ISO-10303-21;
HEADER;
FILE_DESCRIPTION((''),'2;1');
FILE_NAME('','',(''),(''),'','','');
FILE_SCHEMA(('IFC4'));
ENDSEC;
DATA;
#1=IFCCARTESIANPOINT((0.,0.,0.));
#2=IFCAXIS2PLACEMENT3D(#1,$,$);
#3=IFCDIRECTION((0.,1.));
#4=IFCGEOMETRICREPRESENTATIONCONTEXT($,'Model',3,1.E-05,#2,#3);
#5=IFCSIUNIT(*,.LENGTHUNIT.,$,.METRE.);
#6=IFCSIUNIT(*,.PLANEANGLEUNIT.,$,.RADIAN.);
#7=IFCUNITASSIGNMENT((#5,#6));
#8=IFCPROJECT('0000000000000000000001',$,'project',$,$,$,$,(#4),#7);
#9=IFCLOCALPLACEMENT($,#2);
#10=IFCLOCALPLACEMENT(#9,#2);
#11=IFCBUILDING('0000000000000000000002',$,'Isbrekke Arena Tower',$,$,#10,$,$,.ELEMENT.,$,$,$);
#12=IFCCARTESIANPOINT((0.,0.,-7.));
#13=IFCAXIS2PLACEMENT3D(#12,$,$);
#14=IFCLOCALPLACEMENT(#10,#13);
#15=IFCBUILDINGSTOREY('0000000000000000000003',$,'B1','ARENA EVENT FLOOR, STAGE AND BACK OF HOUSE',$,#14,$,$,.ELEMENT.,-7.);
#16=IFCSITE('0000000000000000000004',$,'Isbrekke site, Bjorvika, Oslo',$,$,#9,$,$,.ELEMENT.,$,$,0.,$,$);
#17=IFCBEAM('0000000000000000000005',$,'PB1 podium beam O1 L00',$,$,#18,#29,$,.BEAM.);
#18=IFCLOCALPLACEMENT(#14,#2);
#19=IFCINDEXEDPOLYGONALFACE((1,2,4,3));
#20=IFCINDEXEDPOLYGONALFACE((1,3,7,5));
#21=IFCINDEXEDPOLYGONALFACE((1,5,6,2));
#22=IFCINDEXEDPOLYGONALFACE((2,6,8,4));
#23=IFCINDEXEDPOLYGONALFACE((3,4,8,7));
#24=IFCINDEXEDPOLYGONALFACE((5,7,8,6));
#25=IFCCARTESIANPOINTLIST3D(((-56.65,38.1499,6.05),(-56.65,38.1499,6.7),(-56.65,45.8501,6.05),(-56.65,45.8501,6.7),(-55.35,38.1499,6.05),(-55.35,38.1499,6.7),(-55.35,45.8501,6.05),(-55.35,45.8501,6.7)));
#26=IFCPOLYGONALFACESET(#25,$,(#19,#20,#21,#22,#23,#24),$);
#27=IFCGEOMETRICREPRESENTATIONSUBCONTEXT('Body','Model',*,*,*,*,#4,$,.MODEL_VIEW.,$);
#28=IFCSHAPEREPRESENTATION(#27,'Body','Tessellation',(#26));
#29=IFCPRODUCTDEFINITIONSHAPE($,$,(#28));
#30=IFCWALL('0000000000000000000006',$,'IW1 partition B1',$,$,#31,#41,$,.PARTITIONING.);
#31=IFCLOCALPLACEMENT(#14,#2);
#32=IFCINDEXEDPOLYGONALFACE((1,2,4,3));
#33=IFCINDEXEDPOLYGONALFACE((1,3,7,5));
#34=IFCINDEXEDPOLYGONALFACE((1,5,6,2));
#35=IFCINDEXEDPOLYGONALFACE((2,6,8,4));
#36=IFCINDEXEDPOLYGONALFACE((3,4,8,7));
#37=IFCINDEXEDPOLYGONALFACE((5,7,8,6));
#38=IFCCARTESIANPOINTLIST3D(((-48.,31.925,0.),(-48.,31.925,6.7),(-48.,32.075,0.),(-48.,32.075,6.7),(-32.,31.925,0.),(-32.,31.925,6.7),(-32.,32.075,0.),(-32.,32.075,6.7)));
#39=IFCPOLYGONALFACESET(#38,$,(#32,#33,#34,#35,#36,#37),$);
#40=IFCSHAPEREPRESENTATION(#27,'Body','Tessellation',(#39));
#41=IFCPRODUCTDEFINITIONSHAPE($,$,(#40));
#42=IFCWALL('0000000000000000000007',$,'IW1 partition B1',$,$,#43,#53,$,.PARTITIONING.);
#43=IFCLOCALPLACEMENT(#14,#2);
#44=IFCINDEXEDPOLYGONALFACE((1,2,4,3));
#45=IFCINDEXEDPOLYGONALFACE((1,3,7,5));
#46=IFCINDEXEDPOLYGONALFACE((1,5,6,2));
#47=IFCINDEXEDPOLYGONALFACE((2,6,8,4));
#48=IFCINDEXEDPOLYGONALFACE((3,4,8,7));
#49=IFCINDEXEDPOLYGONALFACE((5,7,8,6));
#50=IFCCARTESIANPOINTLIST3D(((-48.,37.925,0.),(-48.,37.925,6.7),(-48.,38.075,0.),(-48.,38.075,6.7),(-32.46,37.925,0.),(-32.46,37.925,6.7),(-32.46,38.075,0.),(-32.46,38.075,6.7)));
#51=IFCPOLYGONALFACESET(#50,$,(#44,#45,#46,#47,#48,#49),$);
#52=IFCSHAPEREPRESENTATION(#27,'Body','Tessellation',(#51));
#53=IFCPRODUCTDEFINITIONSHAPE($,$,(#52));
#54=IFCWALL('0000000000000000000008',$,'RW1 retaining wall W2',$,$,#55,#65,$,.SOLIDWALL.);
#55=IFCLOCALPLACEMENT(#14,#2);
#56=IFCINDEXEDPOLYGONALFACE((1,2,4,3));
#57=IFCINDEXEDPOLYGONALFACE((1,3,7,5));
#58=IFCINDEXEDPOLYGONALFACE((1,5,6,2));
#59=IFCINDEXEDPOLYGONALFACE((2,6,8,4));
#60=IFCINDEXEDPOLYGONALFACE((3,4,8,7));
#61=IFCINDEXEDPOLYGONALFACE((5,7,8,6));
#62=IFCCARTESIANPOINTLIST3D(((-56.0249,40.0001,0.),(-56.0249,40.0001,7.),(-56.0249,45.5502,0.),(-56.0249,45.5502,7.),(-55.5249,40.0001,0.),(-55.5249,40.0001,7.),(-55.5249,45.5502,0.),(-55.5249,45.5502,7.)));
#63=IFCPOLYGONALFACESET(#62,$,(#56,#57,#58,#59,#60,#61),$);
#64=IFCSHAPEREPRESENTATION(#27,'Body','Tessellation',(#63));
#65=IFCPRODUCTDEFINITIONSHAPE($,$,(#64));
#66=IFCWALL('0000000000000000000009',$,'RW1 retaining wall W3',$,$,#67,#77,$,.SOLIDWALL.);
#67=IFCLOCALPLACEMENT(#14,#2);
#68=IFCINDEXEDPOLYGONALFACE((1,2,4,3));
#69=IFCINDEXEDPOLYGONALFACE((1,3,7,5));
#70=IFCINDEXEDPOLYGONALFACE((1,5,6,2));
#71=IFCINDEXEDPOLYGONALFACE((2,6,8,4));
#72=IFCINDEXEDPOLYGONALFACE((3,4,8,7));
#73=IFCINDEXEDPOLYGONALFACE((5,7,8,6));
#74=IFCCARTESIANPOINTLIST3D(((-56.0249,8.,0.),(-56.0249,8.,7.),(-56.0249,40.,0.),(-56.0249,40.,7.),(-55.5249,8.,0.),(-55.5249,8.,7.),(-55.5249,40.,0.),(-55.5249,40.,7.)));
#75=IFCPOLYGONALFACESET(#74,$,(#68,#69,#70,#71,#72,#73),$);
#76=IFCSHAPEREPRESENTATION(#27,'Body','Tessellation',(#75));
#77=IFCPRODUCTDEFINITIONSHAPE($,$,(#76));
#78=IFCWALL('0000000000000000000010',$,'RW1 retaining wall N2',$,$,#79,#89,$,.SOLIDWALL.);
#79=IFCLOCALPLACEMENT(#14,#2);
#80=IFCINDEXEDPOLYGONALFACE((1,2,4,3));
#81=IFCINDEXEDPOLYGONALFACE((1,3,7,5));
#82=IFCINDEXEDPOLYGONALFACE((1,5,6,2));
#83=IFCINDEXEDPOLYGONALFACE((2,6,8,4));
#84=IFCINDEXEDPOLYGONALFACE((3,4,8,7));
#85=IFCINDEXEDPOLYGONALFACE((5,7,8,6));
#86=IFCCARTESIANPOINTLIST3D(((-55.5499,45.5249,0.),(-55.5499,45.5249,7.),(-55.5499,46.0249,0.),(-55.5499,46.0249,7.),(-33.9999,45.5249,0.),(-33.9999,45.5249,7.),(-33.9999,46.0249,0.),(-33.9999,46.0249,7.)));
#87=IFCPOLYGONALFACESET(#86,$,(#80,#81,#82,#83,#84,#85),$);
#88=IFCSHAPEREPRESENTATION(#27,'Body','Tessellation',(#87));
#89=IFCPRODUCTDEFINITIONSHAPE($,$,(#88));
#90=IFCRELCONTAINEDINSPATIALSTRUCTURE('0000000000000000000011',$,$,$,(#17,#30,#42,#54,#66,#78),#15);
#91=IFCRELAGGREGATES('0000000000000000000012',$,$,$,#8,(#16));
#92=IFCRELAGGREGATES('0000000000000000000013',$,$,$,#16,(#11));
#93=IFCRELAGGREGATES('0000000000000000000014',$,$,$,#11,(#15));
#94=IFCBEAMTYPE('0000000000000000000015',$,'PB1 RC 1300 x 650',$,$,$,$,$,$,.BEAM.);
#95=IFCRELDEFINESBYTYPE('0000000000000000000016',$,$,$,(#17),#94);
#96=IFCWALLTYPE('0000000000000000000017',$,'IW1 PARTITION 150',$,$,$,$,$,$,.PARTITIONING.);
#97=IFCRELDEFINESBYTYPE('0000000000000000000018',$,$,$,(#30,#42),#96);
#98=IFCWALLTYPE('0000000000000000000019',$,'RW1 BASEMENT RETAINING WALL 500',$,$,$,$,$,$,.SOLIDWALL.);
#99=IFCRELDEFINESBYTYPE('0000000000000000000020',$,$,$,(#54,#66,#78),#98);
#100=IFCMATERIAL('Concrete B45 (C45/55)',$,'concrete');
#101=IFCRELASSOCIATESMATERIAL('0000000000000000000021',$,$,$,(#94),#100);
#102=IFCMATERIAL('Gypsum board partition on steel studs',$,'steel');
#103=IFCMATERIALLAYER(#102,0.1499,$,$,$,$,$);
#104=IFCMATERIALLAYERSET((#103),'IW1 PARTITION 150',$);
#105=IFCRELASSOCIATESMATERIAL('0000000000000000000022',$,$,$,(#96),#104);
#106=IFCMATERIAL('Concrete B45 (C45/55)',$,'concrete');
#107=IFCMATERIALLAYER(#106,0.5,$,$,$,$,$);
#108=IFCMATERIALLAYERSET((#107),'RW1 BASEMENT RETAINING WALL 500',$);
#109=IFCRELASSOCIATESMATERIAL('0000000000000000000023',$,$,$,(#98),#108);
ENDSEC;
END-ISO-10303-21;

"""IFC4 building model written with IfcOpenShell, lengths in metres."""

from ifc_helpers import new_model, si_unit, direction, frame, frame_2d, origin, origin_2d, place, context, subcontext, project, spatial, rectangle, extrude, material, layer, layer_set, material_profile, profile_set, type_object, element, save


model = new_model("IFC4")

# Units and contexts
model_context = context("Model", 3, precision=1e-05, world=origin(), true_north=direction((0.0, 1.0)))
body_context = subcontext(model_context, "Body", "Model", "MODEL_VIEW")
ifc_project = project(units=[si_unit("LENGTHUNIT", "METRE"), si_unit("PLANEANGLEUNIT", "RADIAN")], contexts=[model_context])

# Site, building, storey
site_placement = place(None, origin())
site = spatial("IfcSite", under=ifc_project, at=site_placement, Name="Isbrekke site, Bjorvika, Oslo", CompositionType="ELEMENT", RefElevation=0.0)
building_placement = place(site_placement, origin())
building = spatial("IfcBuilding", under=site, at=building_placement, Name="Isbrekke Arena Tower", CompositionType="ELEMENT")
storey_placement = place(building_placement, frame((0.0, 0.0, -7.0)))
storey = spatial("IfcBuildingStorey", under=building, at=storey_placement, Name="B1", Description="ARENA EVENT FLOOR, STAGE AND BACK OF HOUSE", CompositionType="ELEMENT", Elevation=-7.0)

# Beam
ifc_material_1 = material(Name="Concrete B45 (C45/55)", Category="concrete")
ifc_material_profile_1 = material_profile(ifc_material_1, rectangle(XDim=1.3, YDim=0.6499, at=origin_2d()), Name="RC 1300x650")
ifc_profile_set_1 = profile_set([ifc_material_profile_1], Name="Concrete B45 (C45/55)")
beam_type = type_object("IfcBeamType", Name="PB1 RC 1300 x 650", PredefinedType="BEAM", material=ifc_profile_set_1)
beam_placement = place(storey_placement, frame((-56.0, 38.1499, 6.375), z_axis=(0.0, 1.0, 0.0), x_axis=(-1.0, 0.0, 0.0)))
element("IfcBeam", 1, at=beam_placement, inside=storey, type_object=beam_type, Name="PB1 podium beam O1 L00", PredefinedType="BEAM", context=body_context, shape_type="SweptSolid", body=[
    extrude(rectangle(XDim=1.3, YDim=0.6499, at=origin_2d()), origin(), (0.0, 0.0, 1.0), 7.7002),
])

# Walls
ifc_material_2 = material(Name="Gypsum board partition on steel studs", Category="steel")
ifc_layer_1 = layer(ifc_material_2, 0.1499)
ifc_layer_set_1 = layer_set([ifc_layer_1], Name="IW1 PARTITION 150")
wall_type_1 = type_object("IfcWallType", Name="IW1 PARTITION 150", PredefinedType="PARTITIONING", material=ifc_layer_set_1)
wall_1_placement = place(storey_placement, frame((-48.0, 32.0, 0.0), z_axis=(0.0, 0.0, 1.0), x_axis=(1.0, 0.0, 0.0)))
element("IfcWall", 2, at=wall_1_placement, inside=storey, type_object=wall_type_1, Name="IW1 partition B1", PredefinedType="PARTITIONING", context=body_context, shape_type="SweptSolid", body=[
    extrude(rectangle(XDim=16.0, YDim=0.1499, at=frame_2d((8.0, 0.0))), origin(), (0.0, 0.0, 1.0), 6.7),
])
wall_2_placement = place(storey_placement, frame((-48.0, 38.0, 0.0), z_axis=(0.0, 0.0, 1.0), x_axis=(1.0, 0.0, 0.0)))
element("IfcWall", 3, at=wall_2_placement, inside=storey, type_object=wall_type_1, Name="IW1 partition B1", PredefinedType="PARTITIONING", context=body_context, shape_type="SweptSolid", body=[
    extrude(rectangle(XDim=15.54, YDim=0.1499, at=frame_2d((7.77, 0.0))), origin(), (0.0, 0.0, 1.0), 6.7),
])
ifc_material_3 = material(Name="Concrete B45 (C45/55)", Category="concrete")
ifc_layer_2 = layer(ifc_material_3, 0.5)
ifc_layer_set_2 = layer_set([ifc_layer_2], Name="RW1 BASEMENT RETAINING WALL 500")
wall_type_2 = type_object("IfcWallType", Name="RW1 BASEMENT RETAINING WALL 500", PredefinedType="SOLIDWALL", material=ifc_layer_set_2)
wall_3_placement = place(storey_placement, frame((-55.7749, 45.55, 0.0), z_axis=(0.0, 0.0, 1.0), x_axis=(0.0, -1.0, 0.0)))
element("IfcWall", 4, at=wall_3_placement, inside=storey, type_object=wall_type_2, Name="RW1 retaining wall W2", PredefinedType="SOLIDWALL", context=body_context, shape_type="SweptSolid", body=[
    extrude(rectangle(XDim=5.55, YDim=0.5, at=frame_2d((2.7749, 0.0))), origin(), (0.0, 0.0, 1.0), 7.0),
])
wall_4_placement = place(storey_placement, frame((-55.7749, 40.0, 0.0), z_axis=(0.0, 0.0, 1.0), x_axis=(0.0, -1.0, 0.0)))
element("IfcWall", 5, at=wall_4_placement, inside=storey, type_object=wall_type_2, Name="RW1 retaining wall W3", PredefinedType="SOLIDWALL", context=body_context, shape_type="SweptSolid", body=[
    extrude(rectangle(XDim=32.0, YDim=0.5, at=frame_2d((16.0, 0.0))), origin(), (0.0, 0.0, 1.0), 7.0),
])
wall_5_placement = place(storey_placement, frame((-34.0, 45.7749, 0.0), z_axis=(0.0, 0.0, 1.0), x_axis=(-1.0, 0.0, 0.0)))
element("IfcWall", 6, at=wall_5_placement, inside=storey, type_object=wall_type_2, Name="RW1 retaining wall N2", PredefinedType="SOLIDWALL", context=body_context, shape_type="SweptSolid", body=[
    extrude(rectangle(XDim=21.55, YDim=0.5, at=frame_2d((10.7749, 0.0))), origin(), (0.0, 0.0, 1.0), 7.0),
])

save(model, "model.ifc")
